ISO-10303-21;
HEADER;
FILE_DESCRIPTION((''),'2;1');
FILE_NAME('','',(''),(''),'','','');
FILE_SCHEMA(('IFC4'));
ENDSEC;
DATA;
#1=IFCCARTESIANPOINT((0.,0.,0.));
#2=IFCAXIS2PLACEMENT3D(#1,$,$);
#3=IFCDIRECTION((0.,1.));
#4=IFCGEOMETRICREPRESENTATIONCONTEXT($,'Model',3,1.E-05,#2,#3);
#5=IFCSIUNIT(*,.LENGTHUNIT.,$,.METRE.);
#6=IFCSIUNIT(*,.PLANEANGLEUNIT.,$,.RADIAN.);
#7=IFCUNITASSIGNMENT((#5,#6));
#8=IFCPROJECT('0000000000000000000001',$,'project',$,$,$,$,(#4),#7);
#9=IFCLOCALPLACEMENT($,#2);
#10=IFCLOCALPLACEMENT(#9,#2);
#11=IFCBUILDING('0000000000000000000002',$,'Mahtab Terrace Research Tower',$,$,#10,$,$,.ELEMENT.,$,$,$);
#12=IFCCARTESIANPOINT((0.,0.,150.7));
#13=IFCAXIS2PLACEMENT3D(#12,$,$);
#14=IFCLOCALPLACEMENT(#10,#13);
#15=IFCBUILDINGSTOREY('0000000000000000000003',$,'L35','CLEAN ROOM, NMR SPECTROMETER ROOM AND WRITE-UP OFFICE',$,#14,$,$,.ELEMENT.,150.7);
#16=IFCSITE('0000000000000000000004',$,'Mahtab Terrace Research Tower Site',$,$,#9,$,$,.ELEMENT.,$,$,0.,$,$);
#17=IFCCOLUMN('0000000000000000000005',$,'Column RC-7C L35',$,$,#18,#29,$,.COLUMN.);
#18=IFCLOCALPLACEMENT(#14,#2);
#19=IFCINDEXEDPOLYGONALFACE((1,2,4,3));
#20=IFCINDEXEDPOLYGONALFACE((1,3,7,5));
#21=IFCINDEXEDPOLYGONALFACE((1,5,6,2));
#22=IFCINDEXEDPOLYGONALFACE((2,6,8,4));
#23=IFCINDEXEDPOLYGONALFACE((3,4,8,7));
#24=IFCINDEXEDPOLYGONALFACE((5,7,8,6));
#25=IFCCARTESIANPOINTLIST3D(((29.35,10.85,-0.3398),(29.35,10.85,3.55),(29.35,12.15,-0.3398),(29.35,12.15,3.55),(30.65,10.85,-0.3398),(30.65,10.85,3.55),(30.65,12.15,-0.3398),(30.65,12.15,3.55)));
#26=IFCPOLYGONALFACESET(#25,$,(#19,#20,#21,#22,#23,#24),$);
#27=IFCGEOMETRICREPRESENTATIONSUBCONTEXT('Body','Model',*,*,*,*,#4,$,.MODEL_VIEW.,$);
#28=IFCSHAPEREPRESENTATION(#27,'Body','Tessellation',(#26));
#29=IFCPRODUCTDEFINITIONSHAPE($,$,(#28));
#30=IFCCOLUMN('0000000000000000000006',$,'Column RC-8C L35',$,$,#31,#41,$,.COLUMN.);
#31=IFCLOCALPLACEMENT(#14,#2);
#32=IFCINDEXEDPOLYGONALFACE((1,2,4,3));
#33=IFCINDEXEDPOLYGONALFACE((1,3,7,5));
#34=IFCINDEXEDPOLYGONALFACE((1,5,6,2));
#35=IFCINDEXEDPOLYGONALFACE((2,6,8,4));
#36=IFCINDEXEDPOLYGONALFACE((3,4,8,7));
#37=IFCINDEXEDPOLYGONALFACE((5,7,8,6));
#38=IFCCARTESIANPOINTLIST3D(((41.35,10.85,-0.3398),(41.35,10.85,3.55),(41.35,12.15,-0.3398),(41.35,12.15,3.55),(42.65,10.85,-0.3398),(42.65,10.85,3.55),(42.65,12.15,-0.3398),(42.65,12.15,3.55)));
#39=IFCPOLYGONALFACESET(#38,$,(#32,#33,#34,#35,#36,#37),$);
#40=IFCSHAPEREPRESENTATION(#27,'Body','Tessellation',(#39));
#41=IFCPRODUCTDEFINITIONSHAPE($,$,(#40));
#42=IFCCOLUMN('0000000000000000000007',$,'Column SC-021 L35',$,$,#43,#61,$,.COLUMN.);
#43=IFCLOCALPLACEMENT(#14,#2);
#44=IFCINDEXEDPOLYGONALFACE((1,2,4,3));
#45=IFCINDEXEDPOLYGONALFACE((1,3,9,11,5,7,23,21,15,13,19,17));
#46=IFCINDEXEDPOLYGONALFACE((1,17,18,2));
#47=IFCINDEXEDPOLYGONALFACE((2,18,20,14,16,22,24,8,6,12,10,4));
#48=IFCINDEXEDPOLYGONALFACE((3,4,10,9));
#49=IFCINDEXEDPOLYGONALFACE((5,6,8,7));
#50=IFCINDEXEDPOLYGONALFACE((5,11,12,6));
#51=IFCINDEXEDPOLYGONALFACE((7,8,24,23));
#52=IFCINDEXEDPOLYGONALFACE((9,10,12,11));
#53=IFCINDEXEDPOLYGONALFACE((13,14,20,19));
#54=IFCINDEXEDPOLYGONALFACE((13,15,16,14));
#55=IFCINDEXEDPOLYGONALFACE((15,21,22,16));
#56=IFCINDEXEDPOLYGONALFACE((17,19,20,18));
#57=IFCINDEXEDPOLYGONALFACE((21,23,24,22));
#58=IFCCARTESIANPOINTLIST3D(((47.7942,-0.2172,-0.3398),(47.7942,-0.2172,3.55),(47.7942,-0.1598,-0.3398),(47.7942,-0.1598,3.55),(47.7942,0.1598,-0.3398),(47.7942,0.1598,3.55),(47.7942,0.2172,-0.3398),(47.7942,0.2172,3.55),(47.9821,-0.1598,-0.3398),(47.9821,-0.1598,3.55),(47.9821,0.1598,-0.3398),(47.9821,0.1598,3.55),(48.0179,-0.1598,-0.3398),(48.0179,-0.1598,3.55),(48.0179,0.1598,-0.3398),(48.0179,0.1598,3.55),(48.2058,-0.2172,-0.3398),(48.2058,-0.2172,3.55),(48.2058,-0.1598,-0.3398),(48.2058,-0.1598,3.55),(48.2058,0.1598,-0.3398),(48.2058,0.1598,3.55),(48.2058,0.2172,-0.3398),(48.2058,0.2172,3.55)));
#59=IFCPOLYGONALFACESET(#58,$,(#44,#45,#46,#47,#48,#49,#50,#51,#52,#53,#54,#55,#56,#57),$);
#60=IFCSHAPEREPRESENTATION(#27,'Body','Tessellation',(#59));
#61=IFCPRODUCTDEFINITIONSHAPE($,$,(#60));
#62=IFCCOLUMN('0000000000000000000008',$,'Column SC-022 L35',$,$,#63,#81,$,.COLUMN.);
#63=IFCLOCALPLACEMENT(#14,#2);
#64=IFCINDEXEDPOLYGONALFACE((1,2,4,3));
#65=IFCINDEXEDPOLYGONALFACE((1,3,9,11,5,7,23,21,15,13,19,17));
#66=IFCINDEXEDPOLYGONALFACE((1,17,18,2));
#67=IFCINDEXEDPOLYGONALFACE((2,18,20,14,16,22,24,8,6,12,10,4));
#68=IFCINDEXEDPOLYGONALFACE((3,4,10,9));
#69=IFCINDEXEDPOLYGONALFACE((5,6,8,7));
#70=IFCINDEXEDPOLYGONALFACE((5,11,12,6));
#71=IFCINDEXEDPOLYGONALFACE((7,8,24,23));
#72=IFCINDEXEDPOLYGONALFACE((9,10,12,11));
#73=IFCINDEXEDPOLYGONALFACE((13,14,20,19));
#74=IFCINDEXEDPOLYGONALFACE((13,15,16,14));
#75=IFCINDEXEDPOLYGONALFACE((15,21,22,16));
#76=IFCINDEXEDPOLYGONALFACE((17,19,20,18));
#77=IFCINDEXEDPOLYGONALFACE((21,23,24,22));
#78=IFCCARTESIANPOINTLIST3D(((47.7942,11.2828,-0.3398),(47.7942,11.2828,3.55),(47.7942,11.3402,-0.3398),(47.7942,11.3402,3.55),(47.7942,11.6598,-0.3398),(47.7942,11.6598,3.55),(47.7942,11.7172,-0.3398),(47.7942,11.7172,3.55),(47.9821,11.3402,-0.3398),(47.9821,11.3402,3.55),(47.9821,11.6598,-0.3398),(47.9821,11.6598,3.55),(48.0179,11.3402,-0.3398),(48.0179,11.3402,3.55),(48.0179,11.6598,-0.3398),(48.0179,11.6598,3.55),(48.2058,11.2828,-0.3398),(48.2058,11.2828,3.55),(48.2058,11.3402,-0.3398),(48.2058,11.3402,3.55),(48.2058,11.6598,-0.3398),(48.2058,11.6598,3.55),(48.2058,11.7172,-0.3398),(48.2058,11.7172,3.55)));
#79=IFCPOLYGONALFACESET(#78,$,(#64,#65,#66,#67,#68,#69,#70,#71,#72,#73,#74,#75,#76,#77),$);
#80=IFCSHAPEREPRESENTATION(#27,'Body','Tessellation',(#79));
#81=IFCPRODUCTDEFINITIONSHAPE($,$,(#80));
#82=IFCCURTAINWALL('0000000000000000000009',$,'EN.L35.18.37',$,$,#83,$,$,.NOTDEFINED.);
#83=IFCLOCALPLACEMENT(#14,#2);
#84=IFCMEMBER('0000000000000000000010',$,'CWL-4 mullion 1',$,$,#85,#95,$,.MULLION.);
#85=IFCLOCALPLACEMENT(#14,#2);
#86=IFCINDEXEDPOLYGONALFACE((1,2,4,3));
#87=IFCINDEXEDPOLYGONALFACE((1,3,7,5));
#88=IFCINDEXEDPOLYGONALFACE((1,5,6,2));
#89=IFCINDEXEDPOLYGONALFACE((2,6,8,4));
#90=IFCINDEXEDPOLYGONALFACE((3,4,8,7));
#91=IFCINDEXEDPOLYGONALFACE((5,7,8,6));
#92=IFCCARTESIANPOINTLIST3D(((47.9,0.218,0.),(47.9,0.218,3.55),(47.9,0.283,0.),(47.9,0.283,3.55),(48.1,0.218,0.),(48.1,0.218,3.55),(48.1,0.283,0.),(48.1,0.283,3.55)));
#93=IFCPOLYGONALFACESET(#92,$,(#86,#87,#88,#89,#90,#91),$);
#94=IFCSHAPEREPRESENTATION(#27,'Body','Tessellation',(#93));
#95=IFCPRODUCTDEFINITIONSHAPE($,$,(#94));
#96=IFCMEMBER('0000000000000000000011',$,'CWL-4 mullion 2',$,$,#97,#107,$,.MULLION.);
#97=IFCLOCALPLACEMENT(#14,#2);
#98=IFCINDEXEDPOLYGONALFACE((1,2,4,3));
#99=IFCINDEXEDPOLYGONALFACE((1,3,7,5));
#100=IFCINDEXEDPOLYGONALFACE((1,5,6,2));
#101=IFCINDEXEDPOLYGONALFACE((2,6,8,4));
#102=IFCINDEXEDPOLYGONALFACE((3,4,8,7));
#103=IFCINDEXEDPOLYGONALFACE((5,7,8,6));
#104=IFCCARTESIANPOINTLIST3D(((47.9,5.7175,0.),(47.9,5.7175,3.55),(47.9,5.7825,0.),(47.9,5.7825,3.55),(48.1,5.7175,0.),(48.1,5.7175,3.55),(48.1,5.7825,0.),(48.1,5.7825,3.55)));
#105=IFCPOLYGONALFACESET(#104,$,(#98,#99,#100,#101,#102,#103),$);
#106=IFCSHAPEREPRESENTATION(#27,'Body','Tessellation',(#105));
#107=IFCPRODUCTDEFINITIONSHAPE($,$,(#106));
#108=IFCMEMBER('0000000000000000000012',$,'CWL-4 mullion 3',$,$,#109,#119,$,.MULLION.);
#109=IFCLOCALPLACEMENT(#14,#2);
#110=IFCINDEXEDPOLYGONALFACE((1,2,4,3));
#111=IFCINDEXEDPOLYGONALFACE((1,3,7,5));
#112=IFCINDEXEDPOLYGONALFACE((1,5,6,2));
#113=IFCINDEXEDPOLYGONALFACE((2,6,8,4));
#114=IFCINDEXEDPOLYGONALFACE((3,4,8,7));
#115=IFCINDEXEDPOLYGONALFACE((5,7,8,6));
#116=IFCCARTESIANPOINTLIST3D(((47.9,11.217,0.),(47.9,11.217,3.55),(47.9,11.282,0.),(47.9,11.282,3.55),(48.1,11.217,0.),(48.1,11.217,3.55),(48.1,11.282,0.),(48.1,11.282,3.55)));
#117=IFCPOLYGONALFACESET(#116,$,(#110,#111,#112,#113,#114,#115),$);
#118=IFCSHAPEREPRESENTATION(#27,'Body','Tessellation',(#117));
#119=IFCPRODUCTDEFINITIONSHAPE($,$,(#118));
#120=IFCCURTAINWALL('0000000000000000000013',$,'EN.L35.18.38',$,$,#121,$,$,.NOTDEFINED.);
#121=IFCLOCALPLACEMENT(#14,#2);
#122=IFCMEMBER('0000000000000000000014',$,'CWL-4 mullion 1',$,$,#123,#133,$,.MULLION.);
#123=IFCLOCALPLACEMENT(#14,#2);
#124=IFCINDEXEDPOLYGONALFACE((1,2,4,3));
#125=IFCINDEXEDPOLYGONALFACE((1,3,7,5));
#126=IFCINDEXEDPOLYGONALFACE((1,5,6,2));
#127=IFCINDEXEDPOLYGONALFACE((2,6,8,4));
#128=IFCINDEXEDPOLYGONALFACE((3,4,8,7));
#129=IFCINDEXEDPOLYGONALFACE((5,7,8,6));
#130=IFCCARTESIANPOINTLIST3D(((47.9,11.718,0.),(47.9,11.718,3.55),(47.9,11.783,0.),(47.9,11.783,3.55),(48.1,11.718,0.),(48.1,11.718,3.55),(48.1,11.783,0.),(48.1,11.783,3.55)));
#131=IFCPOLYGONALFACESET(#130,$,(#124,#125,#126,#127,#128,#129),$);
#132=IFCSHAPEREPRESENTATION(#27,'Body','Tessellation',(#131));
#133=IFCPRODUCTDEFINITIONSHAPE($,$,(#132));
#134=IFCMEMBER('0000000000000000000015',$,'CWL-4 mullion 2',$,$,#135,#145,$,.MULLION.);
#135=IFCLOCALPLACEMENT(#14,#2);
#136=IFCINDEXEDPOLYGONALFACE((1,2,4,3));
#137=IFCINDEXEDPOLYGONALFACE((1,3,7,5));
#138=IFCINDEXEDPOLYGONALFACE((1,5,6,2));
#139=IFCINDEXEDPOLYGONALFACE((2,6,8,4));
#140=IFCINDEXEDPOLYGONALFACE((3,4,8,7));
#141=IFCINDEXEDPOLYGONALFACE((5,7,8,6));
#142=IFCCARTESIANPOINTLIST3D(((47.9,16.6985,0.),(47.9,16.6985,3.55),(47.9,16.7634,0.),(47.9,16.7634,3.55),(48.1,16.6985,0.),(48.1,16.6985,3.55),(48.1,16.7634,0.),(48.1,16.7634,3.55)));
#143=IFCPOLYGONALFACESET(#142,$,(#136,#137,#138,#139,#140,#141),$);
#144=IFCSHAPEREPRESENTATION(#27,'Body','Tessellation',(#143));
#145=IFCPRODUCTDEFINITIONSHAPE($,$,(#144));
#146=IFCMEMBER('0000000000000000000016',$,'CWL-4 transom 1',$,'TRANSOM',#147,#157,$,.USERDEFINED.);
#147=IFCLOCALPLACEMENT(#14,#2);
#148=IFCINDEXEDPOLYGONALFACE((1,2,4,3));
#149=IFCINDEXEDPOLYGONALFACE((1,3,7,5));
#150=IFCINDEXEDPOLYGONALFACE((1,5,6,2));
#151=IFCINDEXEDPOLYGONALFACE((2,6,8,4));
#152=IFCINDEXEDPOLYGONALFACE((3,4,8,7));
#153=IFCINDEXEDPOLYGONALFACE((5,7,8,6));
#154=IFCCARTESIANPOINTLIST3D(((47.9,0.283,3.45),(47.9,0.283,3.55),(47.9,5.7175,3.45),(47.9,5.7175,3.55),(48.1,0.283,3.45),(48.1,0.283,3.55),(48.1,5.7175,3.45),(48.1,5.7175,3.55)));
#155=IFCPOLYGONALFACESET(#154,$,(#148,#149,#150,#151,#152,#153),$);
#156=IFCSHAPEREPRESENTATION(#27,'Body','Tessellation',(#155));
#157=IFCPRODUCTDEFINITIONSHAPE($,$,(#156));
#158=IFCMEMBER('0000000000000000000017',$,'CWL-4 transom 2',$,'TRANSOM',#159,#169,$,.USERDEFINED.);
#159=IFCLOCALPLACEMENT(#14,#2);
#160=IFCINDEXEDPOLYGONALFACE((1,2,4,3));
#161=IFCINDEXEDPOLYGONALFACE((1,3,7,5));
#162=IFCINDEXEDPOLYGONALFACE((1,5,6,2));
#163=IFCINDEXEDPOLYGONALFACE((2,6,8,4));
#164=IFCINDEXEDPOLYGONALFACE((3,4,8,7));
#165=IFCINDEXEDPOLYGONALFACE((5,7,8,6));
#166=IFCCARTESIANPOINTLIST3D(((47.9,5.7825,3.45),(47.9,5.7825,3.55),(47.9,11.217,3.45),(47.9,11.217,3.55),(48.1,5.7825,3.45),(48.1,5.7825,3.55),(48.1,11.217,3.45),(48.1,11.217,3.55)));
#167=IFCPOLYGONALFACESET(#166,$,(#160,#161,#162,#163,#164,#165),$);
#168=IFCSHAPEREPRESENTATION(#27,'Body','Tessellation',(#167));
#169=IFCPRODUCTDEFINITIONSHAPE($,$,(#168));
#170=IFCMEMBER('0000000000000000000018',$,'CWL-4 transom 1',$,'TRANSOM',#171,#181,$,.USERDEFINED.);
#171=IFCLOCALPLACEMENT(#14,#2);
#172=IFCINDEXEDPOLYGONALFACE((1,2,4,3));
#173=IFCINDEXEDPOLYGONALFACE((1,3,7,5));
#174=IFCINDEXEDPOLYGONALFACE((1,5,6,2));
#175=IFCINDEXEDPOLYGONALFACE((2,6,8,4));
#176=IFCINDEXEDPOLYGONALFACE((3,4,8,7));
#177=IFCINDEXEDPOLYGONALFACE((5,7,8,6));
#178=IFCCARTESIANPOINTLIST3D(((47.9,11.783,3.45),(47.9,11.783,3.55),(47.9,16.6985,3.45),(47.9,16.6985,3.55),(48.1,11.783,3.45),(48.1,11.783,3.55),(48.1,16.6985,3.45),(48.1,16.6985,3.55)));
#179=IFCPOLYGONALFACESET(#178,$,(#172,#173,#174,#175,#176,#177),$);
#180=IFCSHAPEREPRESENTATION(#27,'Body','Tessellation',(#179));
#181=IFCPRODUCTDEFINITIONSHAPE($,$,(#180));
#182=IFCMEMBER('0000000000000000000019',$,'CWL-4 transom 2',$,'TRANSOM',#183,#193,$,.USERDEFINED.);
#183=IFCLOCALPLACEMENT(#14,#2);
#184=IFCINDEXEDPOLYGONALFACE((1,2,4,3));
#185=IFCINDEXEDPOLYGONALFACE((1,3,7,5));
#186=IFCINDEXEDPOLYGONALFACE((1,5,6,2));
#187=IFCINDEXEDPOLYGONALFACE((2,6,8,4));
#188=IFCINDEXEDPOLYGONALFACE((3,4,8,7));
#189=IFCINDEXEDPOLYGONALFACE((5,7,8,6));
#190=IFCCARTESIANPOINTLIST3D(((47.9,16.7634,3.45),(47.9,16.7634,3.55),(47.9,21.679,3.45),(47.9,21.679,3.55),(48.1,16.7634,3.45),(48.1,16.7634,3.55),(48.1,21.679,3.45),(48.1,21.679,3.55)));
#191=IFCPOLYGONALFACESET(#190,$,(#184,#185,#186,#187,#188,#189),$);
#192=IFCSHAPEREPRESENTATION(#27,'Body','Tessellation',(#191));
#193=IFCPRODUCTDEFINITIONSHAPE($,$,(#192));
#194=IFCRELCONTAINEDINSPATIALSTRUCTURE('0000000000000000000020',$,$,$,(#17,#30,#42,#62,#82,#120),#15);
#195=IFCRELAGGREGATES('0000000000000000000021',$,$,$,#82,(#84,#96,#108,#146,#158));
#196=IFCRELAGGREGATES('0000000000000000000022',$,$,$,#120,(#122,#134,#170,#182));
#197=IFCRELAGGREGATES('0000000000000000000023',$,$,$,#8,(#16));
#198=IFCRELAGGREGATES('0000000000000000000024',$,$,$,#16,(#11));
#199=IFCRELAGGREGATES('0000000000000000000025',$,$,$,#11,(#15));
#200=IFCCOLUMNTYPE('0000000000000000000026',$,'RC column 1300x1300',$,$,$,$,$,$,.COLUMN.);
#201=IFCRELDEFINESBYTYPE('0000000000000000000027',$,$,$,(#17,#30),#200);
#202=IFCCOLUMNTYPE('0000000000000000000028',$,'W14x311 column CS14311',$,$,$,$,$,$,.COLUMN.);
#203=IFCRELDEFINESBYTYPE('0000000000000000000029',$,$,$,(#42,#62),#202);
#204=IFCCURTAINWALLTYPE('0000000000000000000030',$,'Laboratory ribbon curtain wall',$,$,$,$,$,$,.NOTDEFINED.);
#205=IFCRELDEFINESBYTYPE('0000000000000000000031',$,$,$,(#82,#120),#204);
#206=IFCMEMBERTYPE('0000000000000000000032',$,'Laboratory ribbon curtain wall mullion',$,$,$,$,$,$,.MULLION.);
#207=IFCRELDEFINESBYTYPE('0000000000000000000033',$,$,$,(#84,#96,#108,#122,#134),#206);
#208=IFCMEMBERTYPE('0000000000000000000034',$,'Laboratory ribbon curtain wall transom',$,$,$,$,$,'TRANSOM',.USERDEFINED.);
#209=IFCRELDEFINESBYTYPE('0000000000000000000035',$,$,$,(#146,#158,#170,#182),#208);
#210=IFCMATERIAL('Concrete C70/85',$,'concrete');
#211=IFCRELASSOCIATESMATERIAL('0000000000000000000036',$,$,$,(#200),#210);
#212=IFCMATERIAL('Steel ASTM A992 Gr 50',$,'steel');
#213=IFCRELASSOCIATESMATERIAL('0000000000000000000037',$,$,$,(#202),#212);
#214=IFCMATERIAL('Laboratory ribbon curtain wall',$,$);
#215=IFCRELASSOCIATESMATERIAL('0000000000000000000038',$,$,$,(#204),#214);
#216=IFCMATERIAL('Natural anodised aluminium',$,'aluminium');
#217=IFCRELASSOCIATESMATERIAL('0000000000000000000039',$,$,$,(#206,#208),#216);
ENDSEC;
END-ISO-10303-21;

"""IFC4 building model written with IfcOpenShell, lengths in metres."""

from ifc_helpers import new_model, si_unit, direction, frame, origin, origin_2d, place, context, subcontext, project, spatial, rectangle, i_section, extrude, material, material_profile, profile_set, type_object, element, aggregate, save


model = new_model("IFC4")

# Units and contexts
model_context = context("Model", 3, precision=1e-05, world=origin(), true_north=direction((0.0, 1.0)))
body_context = subcontext(model_context, "Body", "Model", "MODEL_VIEW")
ifc_project = project(units=[si_unit("LENGTHUNIT", "METRE"), si_unit("PLANEANGLEUNIT", "RADIAN")], contexts=[model_context])

# Site, building, storey
site_placement = place(None, origin())
site = spatial("IfcSite", under=ifc_project, at=site_placement, Name="Mahtab Terrace Research Tower Site", CompositionType="ELEMENT", RefElevation=0.0)
building_placement = place(site_placement, origin())
building = spatial("IfcBuilding", under=site, at=building_placement, Name="Mahtab Terrace Research Tower", CompositionType="ELEMENT")
storey_placement = place(building_placement, frame((0.0, 0.0, 150.7)))
storey = spatial("IfcBuildingStorey", under=building, at=storey_placement, Name="L35", Description="CLEAN ROOM, NMR SPECTROMETER ROOM AND WRITE-UP OFFICE", CompositionType="ELEMENT", Elevation=150.7)

# Columns
ifc_material_1 = material(Name="Concrete C70/85", Category="concrete")
ifc_material_profile_1 = material_profile(ifc_material_1, rectangle(XDim=1.3, YDim=1.3, at=origin_2d()), Name="RC column 1300x1300")
ifc_profile_set_1 = profile_set([ifc_material_profile_1], Name="Concrete C70/85")
column_type_1 = type_object("IfcColumnType", Name="RC column 1300x1300", PredefinedType="COLUMN", material=ifc_profile_set_1)
for number, where, z_axis, x_axis, name in (
    (1, (30.0, 11.5, -0.3398), (0.0, 0.0, 1.0), (1.0, 0.0, 0.0), "Column RC-7C L35"),
    (2, (42.0, 11.5, -0.3398), (0.0, 0.0, 1.0), (1.0, 0.0, 0.0), "Column RC-8C L35"),
):
    element("IfcColumn", number, at=place(storey_placement, frame(where, z_axis=z_axis, x_axis=x_axis)), inside=storey, type_object=column_type_1, Name=name, PredefinedType="COLUMN", context=body_context, shape_type="SweptSolid", body=[
        extrude(rectangle(XDim=1.3, YDim=1.3, at=origin_2d()), origin(), (0.0, 0.0, 1.0), 3.8899),
    ])
ifc_material_2 = material(Name="Steel ASTM A992 Gr 50", Category="steel")
ifc_material_profile_2 = material_profile(ifc_material_2, i_section(OverallWidth=0.4116, OverallDepth=0.4343, WebThickness=0.0359, FlangeThickness=0.0574, at=origin_2d()), Name="W14X311")
ifc_profile_set_2 = profile_set([ifc_material_profile_2], Name="Steel ASTM A992 Gr 50")
column_type_2 = type_object("IfcColumnType", Name="W14x311 column CS14311", PredefinedType="COLUMN", material=ifc_profile_set_2)
for number, where, z_axis, x_axis, name in (
    (3, (48.0, 0.0, -0.3398), (0.0, 0.0, 1.0), (1.0, 0.0, 0.0), "Column SC-021 L35"),
    (4, (48.0, 11.5, -0.3398), (0.0, 0.0, 1.0), (1.0, 0.0, 0.0), "Column SC-022 L35"),
):
    element("IfcColumn", number, at=place(storey_placement, frame(where, z_axis=z_axis, x_axis=x_axis)), inside=storey, type_object=column_type_2, Name=name, PredefinedType="COLUMN", context=body_context, shape_type="SweptSolid", body=[
        extrude(i_section(OverallWidth=0.4116, OverallDepth=0.4343, WebThickness=0.0359, FlangeThickness=0.0574, at=origin_2d()), origin(), (0.0, 0.0, 1.0), 3.8899),
    ])

# Curtain walls, members
ifc_material_3 = material(Name="Laboratory ribbon curtain wall")
curtain_wall_type = type_object("IfcCurtainWallType", Name="Laboratory ribbon curtain wall", PredefinedType="NOTDEFINED", material=ifc_material_3)
curtain_wall_1_placement = place(storey_placement, origin())
curtain_wall_1 = element("IfcCurtainWall", 5, at=curtain_wall_1_placement, inside=storey, type_object=curtain_wall_type, Name="EN.L35.18.37", PredefinedType="NOTDEFINED")
ifc_material_4 = material(Name="Natural anodised aluminium", Category="aluminium")
ifc_material_profile_3 = material_profile(ifc_material_4, rectangle(XDim=0.2, YDim=0.0649, at=origin_2d()), Name="MULLION 65x200")
ifc_profile_set_3 = profile_set([ifc_material_profile_3], Name="Natural anodised aluminium")
member_type_1 = type_object("IfcMemberType", Name="Laboratory ribbon curtain wall mullion", PredefinedType="MULLION", material=ifc_profile_set_3)
member_1_placement = place(storey_placement, frame((48.0, 0.2505, 0.0), z_axis=(0.0, 0.0, 1.0), x_axis=(-1.0, 0.0, 0.0)))
member_1 = element("IfcMember", 6, at=member_1_placement, type_object=member_type_1, Name="CWL-4 mullion 1", PredefinedType="MULLION", context=body_context, shape_type="SweptSolid", body=[
    extrude(rectangle(XDim=0.2, YDim=0.0649, at=origin_2d()), origin(), (0.0, 0.0, 1.0), 3.55),
])
member_2_placement = place(storey_placement, frame((48.0, 5.75, 0.0), z_axis=(0.0, 0.0, 1.0), x_axis=(-1.0, 0.0, 0.0)))
member_2 = element("IfcMember", 7, at=member_2_placement, type_object=member_type_1, Name="CWL-4 mullion 2", PredefinedType="MULLION", context=body_context, shape_type="SweptSolid", body=[
    extrude(rectangle(XDim=0.2, YDim=0.0649, at=origin_2d()), origin(), (0.0, 0.0, 1.0), 3.55),
])
member_3_placement = place(storey_placement, frame((48.0, 11.2495, 0.0), z_axis=(0.0, 0.0, 1.0), x_axis=(-1.0, 0.0, 0.0)))
member_3 = element("IfcMember", 8, at=member_3_placement, type_object=member_type_1, Name="CWL-4 mullion 3", PredefinedType="MULLION", context=body_context, shape_type="SweptSolid", body=[
    extrude(rectangle(XDim=0.2, YDim=0.0649, at=origin_2d()), origin(), (0.0, 0.0, 1.0), 3.55),
])
curtain_wall_2_placement = place(storey_placement, origin())
curtain_wall_2 = element("IfcCurtainWall", 9, at=curtain_wall_2_placement, inside=storey, type_object=curtain_wall_type, Name="EN.L35.18.38", PredefinedType="NOTDEFINED")
member_4_placement = place(storey_placement, frame((48.0, 11.7505, 0.0), z_axis=(0.0, 0.0, 1.0), x_axis=(-1.0, 0.0, 0.0)))
member_4 = element("IfcMember", 10, at=member_4_placement, type_object=member_type_1, Name="CWL-4 mullion 1", PredefinedType="MULLION", context=body_context, shape_type="SweptSolid", body=[
    extrude(rectangle(XDim=0.2, YDim=0.0649, at=origin_2d()), origin(), (0.0, 0.0, 1.0), 3.55),
])
member_5_placement = place(storey_placement, frame((48.0, 16.731, 0.0), z_axis=(0.0, 0.0, 1.0), x_axis=(-1.0, 0.0, 0.0)))
member_5 = element("IfcMember", 11, at=member_5_placement, type_object=member_type_1, Name="CWL-4 mullion 2", PredefinedType="MULLION", context=body_context, shape_type="SweptSolid", body=[
    extrude(rectangle(XDim=0.2, YDim=0.0649, at=origin_2d()), origin(), (0.0, 0.0, 1.0), 3.55),
])

# Members
ifc_material_profile_4 = material_profile(ifc_material_4, rectangle(XDim=0.2, YDim=0.1001, at=origin_2d()), Name="TRANSOM 100x200")
ifc_profile_set_4 = profile_set([ifc_material_profile_4], Name="Natural anodised aluminium")
member_type_2 = type_object("IfcMemberType", Name="Laboratory ribbon curtain wall transom", ElementType="TRANSOM", PredefinedType="USERDEFINED", material=ifc_profile_set_4)
member_6_placement = place(storey_placement, frame((48.0, 0.283, 3.5), z_axis=(0.0, 1.0, 0.0), x_axis=(-1.0, 0.0, 0.0)))
member_6 = element("IfcMember", 12, at=member_6_placement, type_object=member_type_2, Name="CWL-4 transom 1", ObjectType="TRANSOM", PredefinedType="USERDEFINED", context=body_context, shape_type="SweptSolid", body=[
    extrude(rectangle(XDim=0.2, YDim=0.1001, at=origin_2d()), origin(), (0.0, 0.0, 1.0), 5.4346),
])
member_7_placement = place(storey_placement, frame((48.0, 5.7825, 3.5), z_axis=(0.0, 1.0, 0.0), x_axis=(-1.0, 0.0, 0.0)))
member_7 = element("IfcMember", 13, at=member_7_placement, type_object=member_type_2, Name="CWL-4 transom 2", ObjectType="TRANSOM", PredefinedType="USERDEFINED", context=body_context, shape_type="SweptSolid", body=[
    extrude(rectangle(XDim=0.2, YDim=0.1001, at=origin_2d()), origin(), (0.0, 0.0, 1.0), 5.4346),
])
member_8_placement = place(storey_placement, frame((48.0, 11.783, 3.5), z_axis=(0.0, 1.0, 0.0), x_axis=(-1.0, 0.0, 0.0)))
member_8 = element("IfcMember", 14, at=member_8_placement, type_object=member_type_2, Name="CWL-4 transom 1", ObjectType="TRANSOM", PredefinedType="USERDEFINED", context=body_context, shape_type="SweptSolid", body=[
    extrude(rectangle(XDim=0.2, YDim=0.1001, at=origin_2d()), origin(), (0.0, 0.0, 1.0), 4.9155),
])
member_9_placement = place(storey_placement, frame((48.0, 16.7634, 3.5), z_axis=(0.0, 1.0, 0.0), x_axis=(-1.0, 0.0, 0.0)))
member_9 = element("IfcMember", 15, at=member_9_placement, type_object=member_type_2, Name="CWL-4 transom 2", ObjectType="TRANSOM", PredefinedType="USERDEFINED", context=body_context, shape_type="SweptSolid", body=[
    extrude(rectangle(XDim=0.2, YDim=0.1001, at=origin_2d()), origin(), (0.0, 0.0, 1.0), 4.9155),
])

aggregate(curtain_wall_1, [member_1, member_2, member_3, member_6, member_7])
aggregate(curtain_wall_2, [member_4, member_5, member_8, member_9])

save(model, "model.ifc")
